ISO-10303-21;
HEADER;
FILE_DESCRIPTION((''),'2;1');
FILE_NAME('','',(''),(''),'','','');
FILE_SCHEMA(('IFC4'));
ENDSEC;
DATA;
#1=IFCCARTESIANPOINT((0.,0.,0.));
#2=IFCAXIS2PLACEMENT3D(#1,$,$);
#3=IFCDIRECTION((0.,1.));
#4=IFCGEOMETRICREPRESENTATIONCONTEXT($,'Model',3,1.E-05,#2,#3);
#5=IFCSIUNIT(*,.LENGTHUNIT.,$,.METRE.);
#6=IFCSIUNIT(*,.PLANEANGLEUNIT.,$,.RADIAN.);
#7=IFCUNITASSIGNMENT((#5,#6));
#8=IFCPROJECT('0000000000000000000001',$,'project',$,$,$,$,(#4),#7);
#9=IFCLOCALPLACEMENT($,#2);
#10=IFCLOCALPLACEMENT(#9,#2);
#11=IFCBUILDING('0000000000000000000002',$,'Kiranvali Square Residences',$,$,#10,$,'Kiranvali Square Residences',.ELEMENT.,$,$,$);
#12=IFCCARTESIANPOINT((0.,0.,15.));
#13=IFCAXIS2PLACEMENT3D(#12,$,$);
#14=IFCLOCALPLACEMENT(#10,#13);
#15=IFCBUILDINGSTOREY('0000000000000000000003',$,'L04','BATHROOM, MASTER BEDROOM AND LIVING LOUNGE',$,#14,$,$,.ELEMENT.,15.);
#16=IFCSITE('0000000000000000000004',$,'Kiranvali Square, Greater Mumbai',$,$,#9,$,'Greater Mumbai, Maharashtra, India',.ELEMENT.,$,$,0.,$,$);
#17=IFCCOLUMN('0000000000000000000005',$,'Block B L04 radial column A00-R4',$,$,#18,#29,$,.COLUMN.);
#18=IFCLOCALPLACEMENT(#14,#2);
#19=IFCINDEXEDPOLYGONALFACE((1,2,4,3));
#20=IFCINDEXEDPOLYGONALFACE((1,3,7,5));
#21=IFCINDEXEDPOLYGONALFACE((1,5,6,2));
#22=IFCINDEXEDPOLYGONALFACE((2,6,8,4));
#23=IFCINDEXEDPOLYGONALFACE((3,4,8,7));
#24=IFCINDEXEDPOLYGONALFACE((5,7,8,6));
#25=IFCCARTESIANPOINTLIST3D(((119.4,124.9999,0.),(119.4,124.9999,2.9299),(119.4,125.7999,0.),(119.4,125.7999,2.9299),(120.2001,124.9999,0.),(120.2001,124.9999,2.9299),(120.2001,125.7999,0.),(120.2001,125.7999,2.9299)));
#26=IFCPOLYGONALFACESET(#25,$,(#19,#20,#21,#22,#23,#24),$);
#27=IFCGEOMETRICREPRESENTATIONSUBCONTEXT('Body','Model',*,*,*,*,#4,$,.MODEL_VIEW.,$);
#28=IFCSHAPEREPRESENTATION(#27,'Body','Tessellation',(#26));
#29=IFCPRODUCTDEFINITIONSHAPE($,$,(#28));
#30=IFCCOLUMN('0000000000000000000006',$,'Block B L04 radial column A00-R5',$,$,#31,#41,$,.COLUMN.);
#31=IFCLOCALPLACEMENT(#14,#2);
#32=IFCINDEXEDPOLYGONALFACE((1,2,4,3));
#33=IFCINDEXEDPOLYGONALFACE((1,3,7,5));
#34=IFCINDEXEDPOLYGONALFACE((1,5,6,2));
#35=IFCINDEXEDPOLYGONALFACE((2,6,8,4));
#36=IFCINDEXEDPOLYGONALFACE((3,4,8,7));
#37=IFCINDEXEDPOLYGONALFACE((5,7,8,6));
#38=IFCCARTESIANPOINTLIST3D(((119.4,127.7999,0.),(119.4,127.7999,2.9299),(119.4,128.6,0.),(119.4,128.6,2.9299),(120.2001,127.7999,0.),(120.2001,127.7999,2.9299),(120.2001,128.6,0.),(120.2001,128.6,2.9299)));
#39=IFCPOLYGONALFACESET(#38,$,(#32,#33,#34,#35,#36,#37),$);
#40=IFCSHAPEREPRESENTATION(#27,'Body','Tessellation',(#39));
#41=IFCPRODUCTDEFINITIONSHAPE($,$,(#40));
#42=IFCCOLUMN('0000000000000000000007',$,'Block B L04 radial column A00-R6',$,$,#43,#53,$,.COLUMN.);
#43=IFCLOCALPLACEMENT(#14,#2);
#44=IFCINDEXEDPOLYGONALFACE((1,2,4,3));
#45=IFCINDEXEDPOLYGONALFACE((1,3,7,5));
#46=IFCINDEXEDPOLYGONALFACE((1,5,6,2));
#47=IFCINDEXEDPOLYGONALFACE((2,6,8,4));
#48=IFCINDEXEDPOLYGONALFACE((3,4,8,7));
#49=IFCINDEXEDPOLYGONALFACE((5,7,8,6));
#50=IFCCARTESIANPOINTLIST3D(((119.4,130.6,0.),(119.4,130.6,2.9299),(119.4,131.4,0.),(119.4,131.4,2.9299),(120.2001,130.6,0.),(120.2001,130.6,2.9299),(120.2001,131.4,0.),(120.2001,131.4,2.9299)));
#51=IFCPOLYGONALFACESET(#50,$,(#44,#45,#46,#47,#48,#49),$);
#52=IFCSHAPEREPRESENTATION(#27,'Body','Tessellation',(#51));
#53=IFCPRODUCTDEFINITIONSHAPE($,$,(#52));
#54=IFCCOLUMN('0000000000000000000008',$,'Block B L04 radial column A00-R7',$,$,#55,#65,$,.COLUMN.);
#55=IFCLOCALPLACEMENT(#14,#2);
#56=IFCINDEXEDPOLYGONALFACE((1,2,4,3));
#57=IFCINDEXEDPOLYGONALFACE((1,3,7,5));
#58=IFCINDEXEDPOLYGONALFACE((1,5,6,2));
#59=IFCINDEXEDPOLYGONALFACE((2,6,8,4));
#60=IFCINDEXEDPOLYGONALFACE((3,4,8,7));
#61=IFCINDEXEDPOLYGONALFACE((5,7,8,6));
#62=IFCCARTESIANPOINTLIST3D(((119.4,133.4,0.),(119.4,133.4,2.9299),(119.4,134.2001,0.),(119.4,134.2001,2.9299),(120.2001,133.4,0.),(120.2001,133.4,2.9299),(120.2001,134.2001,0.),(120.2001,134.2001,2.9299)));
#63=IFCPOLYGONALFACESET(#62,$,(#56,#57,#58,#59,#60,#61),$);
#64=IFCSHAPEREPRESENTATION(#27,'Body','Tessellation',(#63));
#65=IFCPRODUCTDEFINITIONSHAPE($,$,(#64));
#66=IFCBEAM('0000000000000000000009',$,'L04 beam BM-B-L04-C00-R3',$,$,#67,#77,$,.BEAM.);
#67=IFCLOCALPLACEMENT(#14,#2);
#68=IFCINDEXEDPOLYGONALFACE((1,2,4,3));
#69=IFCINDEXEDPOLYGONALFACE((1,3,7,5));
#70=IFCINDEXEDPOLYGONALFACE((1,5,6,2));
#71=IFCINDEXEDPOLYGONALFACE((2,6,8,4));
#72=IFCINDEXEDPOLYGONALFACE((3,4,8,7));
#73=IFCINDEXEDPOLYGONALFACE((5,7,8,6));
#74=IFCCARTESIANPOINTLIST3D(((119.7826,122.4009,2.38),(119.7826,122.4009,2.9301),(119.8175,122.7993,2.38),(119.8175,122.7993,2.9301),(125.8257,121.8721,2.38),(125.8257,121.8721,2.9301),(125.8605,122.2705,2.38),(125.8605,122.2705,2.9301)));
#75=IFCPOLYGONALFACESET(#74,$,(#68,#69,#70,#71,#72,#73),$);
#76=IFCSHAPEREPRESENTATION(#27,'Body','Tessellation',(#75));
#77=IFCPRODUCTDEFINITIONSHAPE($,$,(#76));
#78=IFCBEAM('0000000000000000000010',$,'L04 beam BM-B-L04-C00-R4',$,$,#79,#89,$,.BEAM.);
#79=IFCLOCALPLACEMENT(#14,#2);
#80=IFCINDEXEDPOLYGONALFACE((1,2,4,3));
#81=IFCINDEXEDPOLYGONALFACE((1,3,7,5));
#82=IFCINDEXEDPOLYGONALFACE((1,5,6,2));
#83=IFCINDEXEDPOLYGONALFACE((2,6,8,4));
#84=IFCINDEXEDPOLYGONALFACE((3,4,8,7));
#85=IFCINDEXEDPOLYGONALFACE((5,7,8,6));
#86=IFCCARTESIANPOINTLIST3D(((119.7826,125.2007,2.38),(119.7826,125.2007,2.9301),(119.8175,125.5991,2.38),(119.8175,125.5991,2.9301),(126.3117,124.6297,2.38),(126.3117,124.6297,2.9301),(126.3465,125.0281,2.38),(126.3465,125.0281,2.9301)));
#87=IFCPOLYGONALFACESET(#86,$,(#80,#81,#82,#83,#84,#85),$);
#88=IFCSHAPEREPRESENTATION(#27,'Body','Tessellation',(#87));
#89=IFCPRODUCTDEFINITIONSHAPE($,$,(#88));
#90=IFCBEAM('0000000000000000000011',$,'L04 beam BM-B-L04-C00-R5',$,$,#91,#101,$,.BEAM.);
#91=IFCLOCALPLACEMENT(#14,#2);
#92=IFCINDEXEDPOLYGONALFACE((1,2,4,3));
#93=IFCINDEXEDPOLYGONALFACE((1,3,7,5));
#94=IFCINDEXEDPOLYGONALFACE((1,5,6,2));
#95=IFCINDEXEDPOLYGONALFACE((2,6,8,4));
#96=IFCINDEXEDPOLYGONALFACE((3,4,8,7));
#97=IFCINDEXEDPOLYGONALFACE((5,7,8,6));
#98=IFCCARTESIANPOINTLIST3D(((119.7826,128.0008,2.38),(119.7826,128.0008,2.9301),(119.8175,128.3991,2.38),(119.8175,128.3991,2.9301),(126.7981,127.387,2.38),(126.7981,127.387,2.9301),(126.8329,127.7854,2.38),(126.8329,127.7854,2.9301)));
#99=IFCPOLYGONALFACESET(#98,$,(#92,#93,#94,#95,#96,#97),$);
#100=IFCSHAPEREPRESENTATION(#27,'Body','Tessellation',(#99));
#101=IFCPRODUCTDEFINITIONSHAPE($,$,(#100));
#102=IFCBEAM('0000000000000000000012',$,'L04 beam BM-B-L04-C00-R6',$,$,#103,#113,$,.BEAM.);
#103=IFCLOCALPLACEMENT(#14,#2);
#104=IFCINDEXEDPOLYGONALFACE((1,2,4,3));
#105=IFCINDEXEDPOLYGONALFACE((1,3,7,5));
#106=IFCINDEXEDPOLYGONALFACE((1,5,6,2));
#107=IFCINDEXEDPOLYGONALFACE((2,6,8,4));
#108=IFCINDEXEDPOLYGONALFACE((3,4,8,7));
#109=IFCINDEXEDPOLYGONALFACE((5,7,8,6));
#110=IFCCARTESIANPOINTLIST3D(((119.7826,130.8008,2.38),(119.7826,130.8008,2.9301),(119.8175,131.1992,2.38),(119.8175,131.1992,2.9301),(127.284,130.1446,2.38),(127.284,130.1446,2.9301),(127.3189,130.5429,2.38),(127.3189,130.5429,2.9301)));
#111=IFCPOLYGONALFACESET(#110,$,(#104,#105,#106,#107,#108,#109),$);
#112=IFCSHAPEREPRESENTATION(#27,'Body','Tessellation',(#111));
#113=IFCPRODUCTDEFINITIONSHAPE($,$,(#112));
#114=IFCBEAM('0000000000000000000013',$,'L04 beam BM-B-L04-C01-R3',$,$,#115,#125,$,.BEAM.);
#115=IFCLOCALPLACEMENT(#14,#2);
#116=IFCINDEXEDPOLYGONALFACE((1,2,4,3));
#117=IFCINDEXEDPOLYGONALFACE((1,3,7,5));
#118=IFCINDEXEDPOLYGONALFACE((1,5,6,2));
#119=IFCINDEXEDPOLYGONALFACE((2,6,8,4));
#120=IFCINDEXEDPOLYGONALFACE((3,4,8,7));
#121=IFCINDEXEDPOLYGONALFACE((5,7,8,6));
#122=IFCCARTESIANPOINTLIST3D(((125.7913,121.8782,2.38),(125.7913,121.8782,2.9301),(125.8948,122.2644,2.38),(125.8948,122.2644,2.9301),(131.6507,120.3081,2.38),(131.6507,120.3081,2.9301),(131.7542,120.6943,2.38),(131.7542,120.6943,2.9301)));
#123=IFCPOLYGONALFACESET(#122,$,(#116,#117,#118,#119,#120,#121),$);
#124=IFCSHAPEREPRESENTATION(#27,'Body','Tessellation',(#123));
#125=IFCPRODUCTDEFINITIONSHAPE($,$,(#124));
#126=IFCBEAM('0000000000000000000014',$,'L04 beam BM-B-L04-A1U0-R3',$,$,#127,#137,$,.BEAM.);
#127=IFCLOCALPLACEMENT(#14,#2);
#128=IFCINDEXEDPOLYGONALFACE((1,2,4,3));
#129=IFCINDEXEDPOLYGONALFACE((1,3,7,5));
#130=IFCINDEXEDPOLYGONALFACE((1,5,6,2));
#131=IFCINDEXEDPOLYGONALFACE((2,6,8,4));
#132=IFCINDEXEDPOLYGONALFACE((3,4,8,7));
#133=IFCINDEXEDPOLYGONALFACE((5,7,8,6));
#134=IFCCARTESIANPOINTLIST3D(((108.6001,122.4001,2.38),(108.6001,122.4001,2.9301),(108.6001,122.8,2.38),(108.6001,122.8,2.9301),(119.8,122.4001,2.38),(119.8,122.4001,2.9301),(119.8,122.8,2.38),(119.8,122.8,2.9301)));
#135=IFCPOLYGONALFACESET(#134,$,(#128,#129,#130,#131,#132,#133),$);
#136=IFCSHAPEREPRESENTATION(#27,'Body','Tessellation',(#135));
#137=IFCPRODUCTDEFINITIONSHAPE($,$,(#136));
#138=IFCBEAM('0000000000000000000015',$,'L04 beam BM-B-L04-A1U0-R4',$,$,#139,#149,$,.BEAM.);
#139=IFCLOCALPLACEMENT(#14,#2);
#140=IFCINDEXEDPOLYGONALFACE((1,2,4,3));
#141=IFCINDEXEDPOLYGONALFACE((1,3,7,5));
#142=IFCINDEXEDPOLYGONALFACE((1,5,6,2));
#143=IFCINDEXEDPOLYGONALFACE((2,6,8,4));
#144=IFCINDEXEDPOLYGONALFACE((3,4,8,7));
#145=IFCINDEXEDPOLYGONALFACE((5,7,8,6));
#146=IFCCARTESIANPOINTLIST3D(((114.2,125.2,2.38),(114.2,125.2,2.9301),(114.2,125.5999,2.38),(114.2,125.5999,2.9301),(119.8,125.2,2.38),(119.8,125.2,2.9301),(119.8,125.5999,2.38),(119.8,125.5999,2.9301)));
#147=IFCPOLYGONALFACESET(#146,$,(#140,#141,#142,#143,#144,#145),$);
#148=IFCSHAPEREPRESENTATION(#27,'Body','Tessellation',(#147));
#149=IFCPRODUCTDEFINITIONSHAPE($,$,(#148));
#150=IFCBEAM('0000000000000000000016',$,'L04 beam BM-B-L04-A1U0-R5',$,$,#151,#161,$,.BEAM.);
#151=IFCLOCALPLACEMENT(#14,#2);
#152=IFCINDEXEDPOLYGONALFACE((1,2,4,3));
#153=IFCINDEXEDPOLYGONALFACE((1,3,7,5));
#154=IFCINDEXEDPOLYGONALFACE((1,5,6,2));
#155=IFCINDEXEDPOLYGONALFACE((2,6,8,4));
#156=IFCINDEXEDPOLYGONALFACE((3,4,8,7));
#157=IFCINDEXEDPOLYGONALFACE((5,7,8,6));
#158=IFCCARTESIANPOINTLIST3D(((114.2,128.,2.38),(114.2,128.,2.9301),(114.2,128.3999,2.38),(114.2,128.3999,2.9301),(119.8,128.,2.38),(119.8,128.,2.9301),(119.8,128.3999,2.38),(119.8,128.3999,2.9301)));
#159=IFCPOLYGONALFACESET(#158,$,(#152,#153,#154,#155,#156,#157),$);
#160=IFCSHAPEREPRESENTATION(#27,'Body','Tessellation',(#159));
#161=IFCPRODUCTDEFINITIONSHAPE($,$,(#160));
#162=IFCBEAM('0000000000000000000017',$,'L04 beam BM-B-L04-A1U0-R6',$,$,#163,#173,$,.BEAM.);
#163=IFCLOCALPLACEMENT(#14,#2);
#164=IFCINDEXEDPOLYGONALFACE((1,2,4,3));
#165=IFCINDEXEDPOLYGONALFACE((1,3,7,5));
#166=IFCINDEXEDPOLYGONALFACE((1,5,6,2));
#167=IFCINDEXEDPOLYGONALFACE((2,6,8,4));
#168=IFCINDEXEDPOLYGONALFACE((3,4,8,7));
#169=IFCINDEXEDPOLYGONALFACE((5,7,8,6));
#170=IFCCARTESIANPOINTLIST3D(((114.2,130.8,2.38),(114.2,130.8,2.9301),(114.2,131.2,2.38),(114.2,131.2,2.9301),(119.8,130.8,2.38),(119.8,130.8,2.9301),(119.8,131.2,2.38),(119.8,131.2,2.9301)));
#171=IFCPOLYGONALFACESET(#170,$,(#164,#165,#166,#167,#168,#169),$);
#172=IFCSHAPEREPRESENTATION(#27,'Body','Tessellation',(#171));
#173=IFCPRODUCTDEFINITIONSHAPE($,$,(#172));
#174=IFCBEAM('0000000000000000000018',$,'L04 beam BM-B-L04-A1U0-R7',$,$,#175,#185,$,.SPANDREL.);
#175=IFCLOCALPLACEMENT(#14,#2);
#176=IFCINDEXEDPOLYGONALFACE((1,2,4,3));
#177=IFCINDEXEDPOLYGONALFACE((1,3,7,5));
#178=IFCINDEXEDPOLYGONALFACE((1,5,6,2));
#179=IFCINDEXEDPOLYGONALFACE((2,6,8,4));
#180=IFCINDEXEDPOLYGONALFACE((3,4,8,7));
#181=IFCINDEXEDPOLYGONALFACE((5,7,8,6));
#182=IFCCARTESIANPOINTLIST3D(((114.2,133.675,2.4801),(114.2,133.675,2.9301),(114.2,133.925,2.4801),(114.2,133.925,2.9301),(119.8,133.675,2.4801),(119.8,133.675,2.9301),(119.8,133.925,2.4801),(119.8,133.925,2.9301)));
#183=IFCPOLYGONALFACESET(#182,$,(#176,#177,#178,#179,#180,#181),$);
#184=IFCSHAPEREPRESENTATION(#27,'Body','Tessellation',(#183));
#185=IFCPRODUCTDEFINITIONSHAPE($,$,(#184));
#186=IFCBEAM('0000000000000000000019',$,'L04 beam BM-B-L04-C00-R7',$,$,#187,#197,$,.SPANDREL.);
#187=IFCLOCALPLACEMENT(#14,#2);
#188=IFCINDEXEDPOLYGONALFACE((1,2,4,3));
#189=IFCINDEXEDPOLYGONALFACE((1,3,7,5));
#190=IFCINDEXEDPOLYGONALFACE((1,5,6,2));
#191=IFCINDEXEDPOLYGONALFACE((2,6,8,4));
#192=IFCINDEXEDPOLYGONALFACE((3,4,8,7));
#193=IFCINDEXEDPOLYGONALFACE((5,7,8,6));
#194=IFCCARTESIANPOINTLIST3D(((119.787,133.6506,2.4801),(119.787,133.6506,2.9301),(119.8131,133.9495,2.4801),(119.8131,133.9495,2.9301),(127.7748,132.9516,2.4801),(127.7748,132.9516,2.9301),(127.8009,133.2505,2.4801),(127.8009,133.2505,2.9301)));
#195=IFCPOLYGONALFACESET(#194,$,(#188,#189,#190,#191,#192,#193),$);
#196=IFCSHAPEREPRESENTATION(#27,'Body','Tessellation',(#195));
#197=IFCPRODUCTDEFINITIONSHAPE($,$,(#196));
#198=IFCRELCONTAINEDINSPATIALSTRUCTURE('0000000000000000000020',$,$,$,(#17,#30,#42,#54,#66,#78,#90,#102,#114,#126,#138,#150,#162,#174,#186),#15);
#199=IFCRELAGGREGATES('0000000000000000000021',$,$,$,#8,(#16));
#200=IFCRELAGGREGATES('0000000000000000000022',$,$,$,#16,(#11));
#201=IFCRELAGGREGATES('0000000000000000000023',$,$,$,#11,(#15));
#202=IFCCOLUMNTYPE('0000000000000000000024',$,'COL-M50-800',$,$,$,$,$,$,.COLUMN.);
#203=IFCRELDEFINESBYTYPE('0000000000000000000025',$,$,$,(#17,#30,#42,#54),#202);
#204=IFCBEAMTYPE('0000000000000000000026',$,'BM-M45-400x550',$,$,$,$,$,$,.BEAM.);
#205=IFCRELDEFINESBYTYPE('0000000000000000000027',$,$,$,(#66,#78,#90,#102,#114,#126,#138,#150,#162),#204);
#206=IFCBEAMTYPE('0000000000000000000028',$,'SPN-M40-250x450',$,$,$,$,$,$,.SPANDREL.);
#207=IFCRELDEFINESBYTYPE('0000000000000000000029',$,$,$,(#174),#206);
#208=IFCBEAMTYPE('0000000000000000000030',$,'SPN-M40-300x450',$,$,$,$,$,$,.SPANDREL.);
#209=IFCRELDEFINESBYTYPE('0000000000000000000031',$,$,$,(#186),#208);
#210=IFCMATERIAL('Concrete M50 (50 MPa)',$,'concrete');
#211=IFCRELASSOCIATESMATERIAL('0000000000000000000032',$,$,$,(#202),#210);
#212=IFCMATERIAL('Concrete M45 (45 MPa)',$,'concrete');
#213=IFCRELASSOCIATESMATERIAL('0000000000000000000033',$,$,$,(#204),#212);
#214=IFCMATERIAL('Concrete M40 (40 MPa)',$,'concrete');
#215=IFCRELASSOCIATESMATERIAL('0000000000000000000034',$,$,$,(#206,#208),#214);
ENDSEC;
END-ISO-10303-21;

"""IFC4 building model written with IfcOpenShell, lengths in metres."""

from ifc_helpers import new_model, si_unit, direction, frame, origin, origin_2d, place, context, subcontext, project, spatial, rectangle, extrude, material, material_profile, profile_set, type_object, element, save


model = new_model("IFC4")

# Units and contexts
model_context = context("Model", 3, precision=1e-05, world=origin(), true_north=direction((0.0, 1.0)))
body_context = subcontext(model_context, "Body", "Model", "MODEL_VIEW")
ifc_project = project(units=[si_unit("LENGTHUNIT", "METRE"), si_unit("PLANEANGLEUNIT", "RADIAN")], contexts=[model_context])

# Site, building, storey
site_placement = place(None, origin())
site = spatial("IfcSite", under=ifc_project, at=site_placement, Name="Kiranvali Square, Greater Mumbai", LongName="Greater Mumbai, Maharashtra, India", CompositionType="ELEMENT", RefElevation=0.0)
building_placement = place(site_placement, origin())
building = spatial("IfcBuilding", under=site, at=building_placement, Name="Kiranvali Square Residences", LongName="Kiranvali Square Residences", CompositionType="ELEMENT")
storey_placement = place(building_placement, frame((0.0, 0.0, 15.0)))
storey = spatial("IfcBuildingStorey", under=building, at=storey_placement, Name="L04", Description="BATHROOM, MASTER BEDROOM AND LIVING LOUNGE", CompositionType="ELEMENT", Elevation=15.0)

# Columns
ifc_material_1 = material(Name="Concrete M50 (50 MPa)", Category="concrete")
ifc_material_profile_1 = material_profile(ifc_material_1, rectangle(XDim=0.8, YDim=0.8, at=origin_2d()), Name="RC 800x800")
ifc_profile_set_1 = profile_set([ifc_material_profile_1], Name="Concrete M50 (50 MPa)")
column_type = type_object("IfcColumnType", Name="COL-M50-800", PredefinedType="COLUMN", material=ifc_profile_set_1)
for number, where, z_axis, x_axis, name in (
    (1, (119.8, 125.3999, 0.0), (0.0, 0.0, 1.0), (1.0, 0.0, 0.0), "Block B L04 radial column A00-R4"),
    (2, (119.8, 128.2, 0.0), (0.0, 0.0, 1.0), (1.0, 0.0, 0.0), "Block B L04 radial column A00-R5"),
    (3, (119.8, 131.0, 0.0), (0.0, 0.0, 1.0), (1.0, 0.0, 0.0), "Block B L04 radial column A00-R6"),
    (4, (119.8, 133.8, 0.0), (0.0, 0.0, 1.0), (1.0, 0.0, 0.0), "Block B L04 radial column A00-R7"),
):
    element("IfcColumn", number, at=place(storey_placement, frame(where, z_axis=z_axis, x_axis=x_axis)), inside=storey, type_object=column_type, Name=name, PredefinedType="COLUMN", context=body_context, shape_type="SweptSolid", body=[
        extrude(rectangle(XDim=0.8, YDim=0.8, at=origin_2d()), origin(), (0.0, 0.0, 1.0), 2.9299),
    ])

# Beams
ifc_material_2 = material(Name="Concrete M45 (45 MPa)", Category="concrete")
ifc_material_profile_2 = material_profile(ifc_material_2, rectangle(XDim=0.3999, YDim=0.55, at=origin_2d()), Name="RC 400x550")
ifc_profile_set_2 = profile_set([ifc_material_profile_2], Name="Concrete M45 (45 MPa)")
beam_type_1 = type_object("IfcBeamType", Name="BM-M45-400x550", PredefinedType="BEAM", material=ifc_profile_set_2)
beam_1_placement = place(storey_placement, frame((119.8, 122.6001, 2.655), z_axis=(0.996193, -0.087175, 0.0), x_axis=(0.087175, 0.996193, 0.0)))
element("IfcBeam", 5, at=beam_1_placement, inside=storey, type_object=beam_type_1, Name="L04 beam BM-B-L04-C00-R3", PredefinedType="BEAM", context=body_context, shape_type="SweptSolid", body=[
    extrude(rectangle(XDim=0.3999, YDim=0.55, at=origin_2d()), origin(), (0.0, 0.0, 1.0), 6.0662),
])
beam_2_placement = place(storey_placement, frame((119.8, 125.3999, 2.655), z_axis=(0.996197, -0.08713, 0.0), x_axis=(0.08713, 0.996197, 0.0)))
element("IfcBeam", 6, at=beam_2_placement, inside=storey, type_object=beam_type_1, Name="L04 beam BM-B-L04-C00-R4", PredefinedType="BEAM", context=body_context, shape_type="SweptSolid", body=[
    extrude(rectangle(XDim=0.3999, YDim=0.55, at=origin_2d()), origin(), (0.0, 0.0, 1.0), 6.554),
])
beam_3_placement = place(storey_placement, frame((119.8, 128.2, 2.655), z_axis=(0.996195, -0.087156, 0.0), x_axis=(0.087156, 0.996195, 0.0)))
element("IfcBeam", 7, at=beam_3_placement, inside=storey, type_object=beam_type_1, Name="L04 beam BM-B-L04-C00-R5", PredefinedType="BEAM", context=body_context, shape_type="SweptSolid", body=[
    extrude(rectangle(XDim=0.3999, YDim=0.55, at=origin_2d()), origin(), (0.0, 0.0, 1.0), 7.0422),
])
beam_4_placement = place(storey_placement, frame((119.8, 131.0, 2.655), z_axis=(0.996195, -0.08715, 0.0), x_axis=(0.08715, 0.996195, 0.0)))
element("IfcBeam", 8, at=beam_4_placement, inside=storey, type_object=beam_type_1, Name="L04 beam BM-B-L04-C00-R6", PredefinedType="BEAM", context=body_context, shape_type="SweptSolid", body=[
    extrude(rectangle(XDim=0.3999, YDim=0.55, at=origin_2d()), origin(), (0.0, 0.0, 1.0), 7.53),
])
beam_5_placement = place(storey_placement, frame((125.843, 122.0713, 2.655), z_axis=(0.965924, -0.258827, 0.0), x_axis=(0.258827, 0.965924, 0.0)))
element("IfcBeam", 9, at=beam_5_placement, inside=storey, type_object=beam_type_1, Name="L04 beam BM-B-L04-C01-R3", PredefinedType="BEAM", context=body_context, shape_type="SweptSolid", body=[
    extrude(rectangle(XDim=0.3999, YDim=0.55, at=origin_2d()), origin(), (0.0, 0.0, 1.0), 6.0662),
])
beam_6_placement = place(storey_placement, frame((119.8, 122.6001, 2.655), z_axis=(-1.0, 0.0, 0.0), x_axis=(0.0, -1.0, 0.0)))
element("IfcBeam", 10, at=beam_6_placement, inside=storey, type_object=beam_type_1, Name="L04 beam BM-B-L04-A1U0-R3", PredefinedType="BEAM", context=body_context, shape_type="SweptSolid", body=[
    extrude(rectangle(XDim=0.3999, YDim=0.55, at=origin_2d()), origin(), (0.0, 0.0, 1.0), 11.2),
])
for number, where, z_axis, x_axis, name in (
    (11, (119.8, 125.3999, 2.655), (-1.0, 0.0, 0.0), (0.0, -1.0, 0.0), "L04 beam BM-B-L04-A1U0-R4"),
    (12, (119.8, 128.2, 2.655), (-1.0, 0.0, 0.0), (0.0, -1.0, 0.0), "L04 beam BM-B-L04-A1U0-R5"),
    (13, (119.8, 131.0, 2.655), (-1.0, 0.0, 0.0), (0.0, -1.0, 0.0), "L04 beam BM-B-L04-A1U0-R6"),
):
    element("IfcBeam", number, at=place(storey_placement, frame(where, z_axis=z_axis, x_axis=x_axis)), inside=storey, type_object=beam_type_1, Name=name, PredefinedType="BEAM", context=body_context, shape_type="SweptSolid", body=[
        extrude(rectangle(XDim=0.3999, YDim=0.55, at=origin_2d()), origin(), (0.0, 0.0, 1.0), 5.6001),
    ])
ifc_material_3 = material(Name="Concrete M40 (40 MPa)", Category="concrete")
ifc_material_profile_3 = material_profile(ifc_material_3, rectangle(XDim=0.25, YDim=0.45, at=origin_2d()), Name="RC 250x450")
ifc_profile_set_3 = profile_set([ifc_material_profile_3], Name="Concrete M40 (40 MPa)")
beam_type_2 = type_object("IfcBeamType", Name="SPN-M40-250x450", PredefinedType="SPANDREL", material=ifc_profile_set_3)
beam_7_placement = place(storey_placement, frame((119.8, 133.8, 2.7051), z_axis=(-1.0, 0.0, 0.0), x_axis=(0.0, -1.0, 0.0)))
element("IfcBeam", 14, at=beam_7_placement, inside=storey, type_object=beam_type_2, Name="L04 beam BM-B-L04-A1U0-R7", PredefinedType="SPANDREL", context=body_context, shape_type="SweptSolid", body=[
    extrude(rectangle(XDim=0.25, YDim=0.45, at=origin_2d()), origin(), (0.0, 0.0, 1.0), 5.6001),
])
ifc_material_profile_4 = material_profile(ifc_material_3, rectangle(XDim=0.3, YDim=0.45, at=origin_2d()), Name="RC 300x450")
ifc_profile_set_4 = profile_set([ifc_material_profile_4], Name="Concrete M40 (40 MPa)")
beam_type_3 = type_object("IfcBeamType", Name="SPN-M40-300x450", PredefinedType="SPANDREL", material=ifc_profile_set_4)
beam_8_placement = place(storey_placement, frame((119.8, 133.8, 2.7051), z_axis=(0.996193, -0.087172, 0.0), x_axis=(0.087172, 0.996193, 0.0)))
element("IfcBeam", 15, at=beam_8_placement, inside=storey, type_object=beam_type_3, Name="L04 beam BM-B-L04-C00-R7", PredefinedType="SPANDREL", context=body_context, shape_type="SweptSolid", body=[
    extrude(rectangle(XDim=0.3, YDim=0.45, at=origin_2d()), origin(), (0.0, 0.0, 1.0), 8.0183),
])

save(model, "model.ifc")
